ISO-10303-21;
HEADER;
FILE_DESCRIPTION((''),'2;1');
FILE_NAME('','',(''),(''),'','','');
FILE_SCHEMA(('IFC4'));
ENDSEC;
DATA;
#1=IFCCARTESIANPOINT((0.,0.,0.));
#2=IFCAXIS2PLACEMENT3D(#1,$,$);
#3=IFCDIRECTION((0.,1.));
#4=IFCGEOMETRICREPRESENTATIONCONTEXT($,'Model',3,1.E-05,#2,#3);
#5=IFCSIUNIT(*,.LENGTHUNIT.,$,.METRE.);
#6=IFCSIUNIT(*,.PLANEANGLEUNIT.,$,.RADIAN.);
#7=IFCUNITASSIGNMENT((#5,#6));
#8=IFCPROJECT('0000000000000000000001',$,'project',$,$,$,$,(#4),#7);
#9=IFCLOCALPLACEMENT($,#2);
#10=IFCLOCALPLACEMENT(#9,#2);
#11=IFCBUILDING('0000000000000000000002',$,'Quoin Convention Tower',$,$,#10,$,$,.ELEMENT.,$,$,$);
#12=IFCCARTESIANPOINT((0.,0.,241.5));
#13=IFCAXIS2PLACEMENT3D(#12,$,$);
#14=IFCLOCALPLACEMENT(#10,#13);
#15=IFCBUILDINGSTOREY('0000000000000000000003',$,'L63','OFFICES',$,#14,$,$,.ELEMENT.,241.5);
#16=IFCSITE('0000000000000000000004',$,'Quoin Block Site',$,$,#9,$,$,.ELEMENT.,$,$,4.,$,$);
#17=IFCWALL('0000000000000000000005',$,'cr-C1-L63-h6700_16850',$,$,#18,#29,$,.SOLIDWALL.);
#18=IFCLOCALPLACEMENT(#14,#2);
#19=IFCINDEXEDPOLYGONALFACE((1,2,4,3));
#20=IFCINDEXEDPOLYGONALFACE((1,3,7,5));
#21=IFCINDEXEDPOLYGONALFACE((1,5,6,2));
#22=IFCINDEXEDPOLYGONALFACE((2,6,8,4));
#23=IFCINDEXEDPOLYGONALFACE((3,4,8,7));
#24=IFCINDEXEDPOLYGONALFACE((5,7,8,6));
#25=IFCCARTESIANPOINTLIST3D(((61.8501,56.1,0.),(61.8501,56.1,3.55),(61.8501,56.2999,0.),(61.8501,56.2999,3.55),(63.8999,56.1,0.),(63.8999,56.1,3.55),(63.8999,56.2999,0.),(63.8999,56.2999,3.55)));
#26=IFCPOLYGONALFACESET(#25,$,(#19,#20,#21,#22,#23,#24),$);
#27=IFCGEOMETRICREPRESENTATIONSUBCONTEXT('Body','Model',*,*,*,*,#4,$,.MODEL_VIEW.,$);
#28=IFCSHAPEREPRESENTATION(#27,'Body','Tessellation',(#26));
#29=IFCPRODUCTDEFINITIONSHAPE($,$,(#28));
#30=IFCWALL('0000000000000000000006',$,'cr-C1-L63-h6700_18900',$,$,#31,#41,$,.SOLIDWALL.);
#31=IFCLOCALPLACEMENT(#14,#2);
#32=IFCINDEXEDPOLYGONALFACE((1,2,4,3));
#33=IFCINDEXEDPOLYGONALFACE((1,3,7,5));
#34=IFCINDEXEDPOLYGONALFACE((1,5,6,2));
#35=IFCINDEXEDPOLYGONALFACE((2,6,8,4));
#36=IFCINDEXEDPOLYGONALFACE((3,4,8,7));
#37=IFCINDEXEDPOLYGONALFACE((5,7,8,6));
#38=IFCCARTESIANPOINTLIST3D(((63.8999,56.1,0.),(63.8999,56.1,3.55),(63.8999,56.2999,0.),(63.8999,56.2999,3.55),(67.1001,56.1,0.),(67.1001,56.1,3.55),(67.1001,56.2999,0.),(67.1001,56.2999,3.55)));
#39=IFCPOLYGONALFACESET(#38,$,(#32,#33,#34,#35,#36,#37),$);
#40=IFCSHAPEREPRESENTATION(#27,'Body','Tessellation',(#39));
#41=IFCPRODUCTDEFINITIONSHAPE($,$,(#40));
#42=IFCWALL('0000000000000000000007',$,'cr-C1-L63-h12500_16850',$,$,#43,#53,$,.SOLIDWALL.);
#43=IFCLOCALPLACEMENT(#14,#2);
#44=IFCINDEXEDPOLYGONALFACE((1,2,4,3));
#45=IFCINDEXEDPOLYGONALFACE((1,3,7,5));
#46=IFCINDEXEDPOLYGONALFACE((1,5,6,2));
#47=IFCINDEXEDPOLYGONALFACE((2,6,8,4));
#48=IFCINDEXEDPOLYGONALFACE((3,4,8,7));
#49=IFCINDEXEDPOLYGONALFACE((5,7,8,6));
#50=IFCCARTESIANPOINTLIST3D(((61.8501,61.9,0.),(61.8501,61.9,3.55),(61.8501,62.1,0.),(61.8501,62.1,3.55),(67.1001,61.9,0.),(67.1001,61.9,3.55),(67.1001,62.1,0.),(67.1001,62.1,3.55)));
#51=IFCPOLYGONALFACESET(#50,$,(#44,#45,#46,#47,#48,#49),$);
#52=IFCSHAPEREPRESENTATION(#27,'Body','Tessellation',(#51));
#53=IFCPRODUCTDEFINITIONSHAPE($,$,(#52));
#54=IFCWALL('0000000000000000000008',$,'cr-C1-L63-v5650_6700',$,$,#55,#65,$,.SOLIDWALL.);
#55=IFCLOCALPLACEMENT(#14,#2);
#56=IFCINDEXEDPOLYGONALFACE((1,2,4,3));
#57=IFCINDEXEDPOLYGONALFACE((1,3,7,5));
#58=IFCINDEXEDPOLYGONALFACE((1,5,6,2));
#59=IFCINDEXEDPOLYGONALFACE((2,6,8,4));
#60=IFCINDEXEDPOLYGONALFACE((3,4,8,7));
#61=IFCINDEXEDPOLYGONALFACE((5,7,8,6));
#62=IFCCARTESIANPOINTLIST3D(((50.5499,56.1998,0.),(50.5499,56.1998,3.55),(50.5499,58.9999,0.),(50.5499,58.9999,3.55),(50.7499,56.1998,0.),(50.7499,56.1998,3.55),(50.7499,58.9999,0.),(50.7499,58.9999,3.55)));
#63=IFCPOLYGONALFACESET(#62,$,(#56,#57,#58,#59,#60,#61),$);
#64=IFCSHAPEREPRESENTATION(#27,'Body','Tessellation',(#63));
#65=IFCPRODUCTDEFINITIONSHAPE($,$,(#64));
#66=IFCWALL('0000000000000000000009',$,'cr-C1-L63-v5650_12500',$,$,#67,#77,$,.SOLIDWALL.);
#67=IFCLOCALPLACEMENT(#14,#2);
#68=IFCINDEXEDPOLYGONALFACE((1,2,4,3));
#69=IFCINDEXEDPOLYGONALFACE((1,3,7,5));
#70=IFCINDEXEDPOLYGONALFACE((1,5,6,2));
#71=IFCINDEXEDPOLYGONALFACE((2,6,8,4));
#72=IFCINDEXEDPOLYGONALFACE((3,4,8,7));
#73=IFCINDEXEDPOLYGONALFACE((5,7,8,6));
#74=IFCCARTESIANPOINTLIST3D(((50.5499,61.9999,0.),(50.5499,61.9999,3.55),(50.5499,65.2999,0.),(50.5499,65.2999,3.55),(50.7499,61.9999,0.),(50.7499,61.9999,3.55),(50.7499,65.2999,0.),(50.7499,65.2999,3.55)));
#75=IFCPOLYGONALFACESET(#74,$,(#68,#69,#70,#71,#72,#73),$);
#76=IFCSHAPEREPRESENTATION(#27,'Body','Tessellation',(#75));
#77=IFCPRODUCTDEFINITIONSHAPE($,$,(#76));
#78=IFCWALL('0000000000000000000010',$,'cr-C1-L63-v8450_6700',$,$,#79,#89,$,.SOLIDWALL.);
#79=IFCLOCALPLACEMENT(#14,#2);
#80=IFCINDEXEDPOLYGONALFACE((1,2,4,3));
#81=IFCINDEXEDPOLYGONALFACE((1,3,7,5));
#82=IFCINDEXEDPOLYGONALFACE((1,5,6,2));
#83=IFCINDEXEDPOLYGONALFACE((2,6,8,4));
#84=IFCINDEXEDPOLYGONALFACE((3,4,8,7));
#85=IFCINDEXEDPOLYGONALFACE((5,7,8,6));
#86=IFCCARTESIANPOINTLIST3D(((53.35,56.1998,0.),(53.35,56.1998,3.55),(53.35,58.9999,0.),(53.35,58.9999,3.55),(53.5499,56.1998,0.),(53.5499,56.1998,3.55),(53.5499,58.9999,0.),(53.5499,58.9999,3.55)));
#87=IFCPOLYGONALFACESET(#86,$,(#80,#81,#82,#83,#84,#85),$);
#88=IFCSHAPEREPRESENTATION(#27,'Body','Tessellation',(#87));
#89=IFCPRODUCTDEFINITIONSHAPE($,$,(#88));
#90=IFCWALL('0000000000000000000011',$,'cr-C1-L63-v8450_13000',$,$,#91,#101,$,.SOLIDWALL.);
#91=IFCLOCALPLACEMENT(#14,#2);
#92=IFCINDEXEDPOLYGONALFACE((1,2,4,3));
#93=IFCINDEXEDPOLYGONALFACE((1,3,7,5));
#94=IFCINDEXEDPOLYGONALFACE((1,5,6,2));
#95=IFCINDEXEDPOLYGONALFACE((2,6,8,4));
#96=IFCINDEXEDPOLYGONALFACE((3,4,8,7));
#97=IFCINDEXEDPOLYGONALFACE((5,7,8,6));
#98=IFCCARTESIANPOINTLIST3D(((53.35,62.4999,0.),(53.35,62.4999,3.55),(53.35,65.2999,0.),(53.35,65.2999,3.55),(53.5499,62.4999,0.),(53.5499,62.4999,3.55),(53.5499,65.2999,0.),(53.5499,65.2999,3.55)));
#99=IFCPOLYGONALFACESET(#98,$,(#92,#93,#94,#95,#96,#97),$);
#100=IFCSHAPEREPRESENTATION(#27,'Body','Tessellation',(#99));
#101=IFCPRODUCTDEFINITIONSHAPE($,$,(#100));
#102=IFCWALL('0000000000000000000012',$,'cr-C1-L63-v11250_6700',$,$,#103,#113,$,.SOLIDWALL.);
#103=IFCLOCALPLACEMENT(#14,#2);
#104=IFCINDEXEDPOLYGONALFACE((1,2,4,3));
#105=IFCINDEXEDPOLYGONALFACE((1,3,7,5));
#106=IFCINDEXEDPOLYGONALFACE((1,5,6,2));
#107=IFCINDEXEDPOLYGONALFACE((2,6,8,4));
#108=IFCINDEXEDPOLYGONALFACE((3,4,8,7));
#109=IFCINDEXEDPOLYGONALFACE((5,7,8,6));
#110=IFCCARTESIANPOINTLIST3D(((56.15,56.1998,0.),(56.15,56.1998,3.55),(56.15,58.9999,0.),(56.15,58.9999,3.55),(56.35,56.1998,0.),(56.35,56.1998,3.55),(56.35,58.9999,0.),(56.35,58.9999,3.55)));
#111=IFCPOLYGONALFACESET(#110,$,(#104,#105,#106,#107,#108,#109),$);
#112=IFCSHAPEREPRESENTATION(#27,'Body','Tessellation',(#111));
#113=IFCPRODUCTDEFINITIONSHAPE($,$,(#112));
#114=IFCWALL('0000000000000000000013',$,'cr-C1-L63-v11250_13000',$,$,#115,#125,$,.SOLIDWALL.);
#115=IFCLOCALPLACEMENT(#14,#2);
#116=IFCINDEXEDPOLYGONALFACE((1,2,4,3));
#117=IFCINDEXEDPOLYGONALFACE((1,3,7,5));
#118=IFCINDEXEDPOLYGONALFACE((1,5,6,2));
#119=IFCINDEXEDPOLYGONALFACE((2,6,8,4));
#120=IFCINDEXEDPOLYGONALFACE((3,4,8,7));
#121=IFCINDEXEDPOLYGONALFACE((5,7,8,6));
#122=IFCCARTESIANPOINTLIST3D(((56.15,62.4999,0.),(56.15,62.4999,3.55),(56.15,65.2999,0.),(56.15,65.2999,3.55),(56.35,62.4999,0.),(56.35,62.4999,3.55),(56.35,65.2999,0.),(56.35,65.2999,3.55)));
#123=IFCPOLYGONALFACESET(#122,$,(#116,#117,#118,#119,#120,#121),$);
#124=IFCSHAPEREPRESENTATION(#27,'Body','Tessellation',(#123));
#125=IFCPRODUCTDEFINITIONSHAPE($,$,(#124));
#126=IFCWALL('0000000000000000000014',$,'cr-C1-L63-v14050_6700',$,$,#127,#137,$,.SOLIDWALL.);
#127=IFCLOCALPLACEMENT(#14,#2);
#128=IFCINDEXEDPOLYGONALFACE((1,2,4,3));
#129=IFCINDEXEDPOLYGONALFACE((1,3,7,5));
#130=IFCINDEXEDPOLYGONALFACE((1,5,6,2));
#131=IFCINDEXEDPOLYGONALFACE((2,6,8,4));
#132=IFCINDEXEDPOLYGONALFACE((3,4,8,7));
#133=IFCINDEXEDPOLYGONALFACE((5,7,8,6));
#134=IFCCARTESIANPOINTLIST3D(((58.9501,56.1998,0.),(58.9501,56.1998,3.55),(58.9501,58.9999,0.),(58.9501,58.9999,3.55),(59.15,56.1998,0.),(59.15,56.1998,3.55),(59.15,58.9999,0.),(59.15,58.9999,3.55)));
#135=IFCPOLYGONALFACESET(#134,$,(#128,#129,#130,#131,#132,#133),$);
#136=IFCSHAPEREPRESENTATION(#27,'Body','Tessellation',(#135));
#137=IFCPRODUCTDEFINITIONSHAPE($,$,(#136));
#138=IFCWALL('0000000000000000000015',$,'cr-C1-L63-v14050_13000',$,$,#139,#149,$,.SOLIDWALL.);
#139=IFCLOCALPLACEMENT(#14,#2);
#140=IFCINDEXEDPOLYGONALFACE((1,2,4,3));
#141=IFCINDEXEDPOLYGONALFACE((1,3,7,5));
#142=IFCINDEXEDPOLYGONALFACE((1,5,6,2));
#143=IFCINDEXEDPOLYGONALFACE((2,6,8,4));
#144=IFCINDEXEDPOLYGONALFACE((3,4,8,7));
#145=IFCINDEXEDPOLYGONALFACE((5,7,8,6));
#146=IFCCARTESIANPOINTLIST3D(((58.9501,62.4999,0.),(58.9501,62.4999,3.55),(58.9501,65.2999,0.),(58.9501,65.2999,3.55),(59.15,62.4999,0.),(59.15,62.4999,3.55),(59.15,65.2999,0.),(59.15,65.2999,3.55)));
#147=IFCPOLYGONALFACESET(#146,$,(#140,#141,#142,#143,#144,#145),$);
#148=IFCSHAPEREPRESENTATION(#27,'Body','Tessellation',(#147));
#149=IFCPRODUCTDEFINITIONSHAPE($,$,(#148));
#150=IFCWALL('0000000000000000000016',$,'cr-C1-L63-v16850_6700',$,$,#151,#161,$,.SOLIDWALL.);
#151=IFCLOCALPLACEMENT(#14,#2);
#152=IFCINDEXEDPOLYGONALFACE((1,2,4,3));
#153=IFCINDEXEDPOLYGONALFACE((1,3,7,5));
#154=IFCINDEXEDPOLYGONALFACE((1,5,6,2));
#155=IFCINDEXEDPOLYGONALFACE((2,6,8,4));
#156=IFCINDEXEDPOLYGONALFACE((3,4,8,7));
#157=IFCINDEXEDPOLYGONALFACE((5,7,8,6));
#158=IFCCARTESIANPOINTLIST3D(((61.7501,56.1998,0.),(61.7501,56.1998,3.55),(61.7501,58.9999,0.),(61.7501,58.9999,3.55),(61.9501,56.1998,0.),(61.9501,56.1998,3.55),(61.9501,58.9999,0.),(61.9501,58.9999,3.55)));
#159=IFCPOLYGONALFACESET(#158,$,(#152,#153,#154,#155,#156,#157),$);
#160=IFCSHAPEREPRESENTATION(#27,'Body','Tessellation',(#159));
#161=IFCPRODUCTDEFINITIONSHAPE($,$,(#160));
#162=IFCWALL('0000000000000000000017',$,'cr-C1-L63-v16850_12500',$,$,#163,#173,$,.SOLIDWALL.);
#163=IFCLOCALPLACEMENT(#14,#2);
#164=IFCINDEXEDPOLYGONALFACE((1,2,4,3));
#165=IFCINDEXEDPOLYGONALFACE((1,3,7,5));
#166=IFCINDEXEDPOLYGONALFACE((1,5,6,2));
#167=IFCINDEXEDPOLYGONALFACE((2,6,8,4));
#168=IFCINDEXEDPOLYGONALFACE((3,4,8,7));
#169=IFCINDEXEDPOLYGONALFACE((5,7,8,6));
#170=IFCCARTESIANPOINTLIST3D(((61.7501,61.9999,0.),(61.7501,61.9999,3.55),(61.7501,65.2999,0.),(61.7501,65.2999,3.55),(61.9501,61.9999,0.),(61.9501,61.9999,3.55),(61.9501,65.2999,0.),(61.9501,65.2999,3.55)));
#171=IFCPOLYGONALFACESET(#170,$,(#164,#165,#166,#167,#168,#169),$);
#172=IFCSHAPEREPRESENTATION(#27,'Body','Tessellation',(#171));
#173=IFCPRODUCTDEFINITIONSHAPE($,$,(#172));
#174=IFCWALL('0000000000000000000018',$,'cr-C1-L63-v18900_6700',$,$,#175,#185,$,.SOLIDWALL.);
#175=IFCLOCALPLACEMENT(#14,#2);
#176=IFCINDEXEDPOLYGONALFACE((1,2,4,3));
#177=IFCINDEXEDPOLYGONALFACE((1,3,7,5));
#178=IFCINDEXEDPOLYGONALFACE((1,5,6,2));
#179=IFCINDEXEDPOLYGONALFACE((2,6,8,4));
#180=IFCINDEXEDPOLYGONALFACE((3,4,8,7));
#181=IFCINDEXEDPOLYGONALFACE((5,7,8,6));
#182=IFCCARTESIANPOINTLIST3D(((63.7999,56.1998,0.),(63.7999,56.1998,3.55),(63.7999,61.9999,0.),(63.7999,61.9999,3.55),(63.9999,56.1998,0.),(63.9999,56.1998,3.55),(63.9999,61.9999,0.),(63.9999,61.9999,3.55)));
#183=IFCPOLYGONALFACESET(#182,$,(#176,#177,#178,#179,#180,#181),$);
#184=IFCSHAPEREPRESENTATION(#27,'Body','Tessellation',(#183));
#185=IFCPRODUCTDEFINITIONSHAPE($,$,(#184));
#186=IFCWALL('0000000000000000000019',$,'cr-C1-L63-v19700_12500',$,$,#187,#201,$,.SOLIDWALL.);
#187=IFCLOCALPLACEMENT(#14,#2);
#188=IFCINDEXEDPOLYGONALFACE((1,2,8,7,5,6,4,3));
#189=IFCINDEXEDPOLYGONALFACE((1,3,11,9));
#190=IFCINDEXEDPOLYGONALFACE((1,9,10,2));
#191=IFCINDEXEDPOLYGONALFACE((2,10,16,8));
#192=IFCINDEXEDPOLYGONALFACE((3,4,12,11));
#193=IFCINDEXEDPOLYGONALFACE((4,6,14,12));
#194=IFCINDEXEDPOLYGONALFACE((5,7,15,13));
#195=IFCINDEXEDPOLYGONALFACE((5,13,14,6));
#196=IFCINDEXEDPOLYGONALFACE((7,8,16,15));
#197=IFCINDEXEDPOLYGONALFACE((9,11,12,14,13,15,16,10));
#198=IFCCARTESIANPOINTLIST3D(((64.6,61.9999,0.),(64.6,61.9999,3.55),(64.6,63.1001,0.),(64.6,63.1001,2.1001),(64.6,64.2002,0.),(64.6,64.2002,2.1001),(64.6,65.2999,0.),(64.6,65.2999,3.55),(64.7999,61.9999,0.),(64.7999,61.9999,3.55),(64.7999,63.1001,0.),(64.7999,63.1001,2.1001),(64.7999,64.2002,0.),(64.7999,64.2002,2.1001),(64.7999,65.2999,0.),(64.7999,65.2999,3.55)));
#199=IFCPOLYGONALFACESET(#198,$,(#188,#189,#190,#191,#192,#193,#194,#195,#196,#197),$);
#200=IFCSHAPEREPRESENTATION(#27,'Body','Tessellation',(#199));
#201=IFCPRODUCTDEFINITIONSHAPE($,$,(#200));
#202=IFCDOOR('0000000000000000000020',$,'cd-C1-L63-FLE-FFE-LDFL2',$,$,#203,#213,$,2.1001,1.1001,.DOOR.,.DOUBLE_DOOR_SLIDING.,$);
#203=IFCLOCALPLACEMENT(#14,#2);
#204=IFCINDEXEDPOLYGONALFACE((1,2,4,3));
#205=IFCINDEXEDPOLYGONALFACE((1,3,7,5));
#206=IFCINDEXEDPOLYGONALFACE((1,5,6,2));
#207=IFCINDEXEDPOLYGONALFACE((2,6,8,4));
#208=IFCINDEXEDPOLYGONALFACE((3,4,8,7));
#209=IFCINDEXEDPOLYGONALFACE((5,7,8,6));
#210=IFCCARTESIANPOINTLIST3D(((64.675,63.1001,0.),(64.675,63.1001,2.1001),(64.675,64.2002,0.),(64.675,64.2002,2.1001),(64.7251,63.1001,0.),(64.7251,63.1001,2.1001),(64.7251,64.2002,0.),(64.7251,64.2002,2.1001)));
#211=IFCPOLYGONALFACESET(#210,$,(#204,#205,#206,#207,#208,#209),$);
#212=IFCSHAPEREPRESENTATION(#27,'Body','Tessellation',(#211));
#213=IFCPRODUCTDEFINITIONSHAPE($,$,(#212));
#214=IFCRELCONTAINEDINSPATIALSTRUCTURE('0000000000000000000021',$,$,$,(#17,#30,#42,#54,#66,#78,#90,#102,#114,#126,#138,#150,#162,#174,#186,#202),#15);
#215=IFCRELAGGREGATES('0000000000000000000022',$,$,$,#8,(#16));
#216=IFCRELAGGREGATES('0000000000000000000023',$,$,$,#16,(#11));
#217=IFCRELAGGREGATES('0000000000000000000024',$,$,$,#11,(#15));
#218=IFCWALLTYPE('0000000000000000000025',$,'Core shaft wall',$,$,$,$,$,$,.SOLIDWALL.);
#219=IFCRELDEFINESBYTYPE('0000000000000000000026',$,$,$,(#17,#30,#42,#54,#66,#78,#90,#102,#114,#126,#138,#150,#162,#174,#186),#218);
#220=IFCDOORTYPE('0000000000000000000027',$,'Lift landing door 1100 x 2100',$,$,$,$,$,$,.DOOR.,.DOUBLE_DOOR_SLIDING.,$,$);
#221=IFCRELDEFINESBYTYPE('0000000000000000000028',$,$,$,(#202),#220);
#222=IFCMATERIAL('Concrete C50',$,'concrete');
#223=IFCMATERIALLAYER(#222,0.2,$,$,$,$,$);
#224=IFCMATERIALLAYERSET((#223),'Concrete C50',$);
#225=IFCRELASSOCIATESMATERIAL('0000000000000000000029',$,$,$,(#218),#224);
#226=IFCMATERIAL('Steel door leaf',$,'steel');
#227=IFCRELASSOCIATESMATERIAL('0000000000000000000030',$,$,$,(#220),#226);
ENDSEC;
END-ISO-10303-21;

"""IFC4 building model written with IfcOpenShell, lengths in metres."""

from ifc_helpers import new_model, si_unit, direction, frame, frame_2d, origin, place, context, subcontext, project, spatial, rectangle, extrude, material, layer, layer_set, type_object, element, fill, save


model = new_model("IFC4")

# Units and contexts
model_context = context("Model", 3, precision=1e-05, world=origin(), true_north=direction((0.0, 1.0)))
body_context = subcontext(model_context, "Body", "Model", "MODEL_VIEW")
ifc_project = project(units=[si_unit("LENGTHUNIT", "METRE"), si_unit("PLANEANGLEUNIT", "RADIAN")], contexts=[model_context])

# Site, building, storey
site_placement = place(None, origin())
site = spatial("IfcSite", under=ifc_project, at=site_placement, Name="Quoin Block Site", CompositionType="ELEMENT", RefElevation=4.0)
building_placement = place(site_placement, origin())
building = spatial("IfcBuilding", under=site, at=building_placement, Name="Quoin Convention Tower", CompositionType="ELEMENT")
storey_placement = place(building_placement, frame((0.0, 0.0, 241.5)))
storey = spatial("IfcBuildingStorey", under=building, at=storey_placement, Name="L63", Description="OFFICES", CompositionType="ELEMENT", Elevation=241.5)

# Walls
ifc_material_1 = material(Name="Concrete C50", Category="concrete")
ifc_layer_1 = layer(ifc_material_1, 0.2)
ifc_layer_set_1 = layer_set([ifc_layer_1], Name="Concrete C50")
wall_type_1 = type_object("IfcWallType", Name="Core shaft wall", PredefinedType="SOLIDWALL", material=ifc_layer_set_1)
wall_1_placement = place(storey_placement, frame((61.8501, 56.2, 0.0), z_axis=(0.0, 0.0, 1.0), x_axis=(1.0, 0.0, 0.0)))
element("IfcWall", 1, at=wall_1_placement, inside=storey, type_object=wall_type_1, Name="cr-C1-L63-h6700_16850", PredefinedType="SOLIDWALL", context=body_context, shape_type="SweptSolid", body=[
    extrude(rectangle(XDim=2.0498, YDim=0.2, at=frame_2d((1.0249, 0.0))), origin(), (0.0, 0.0, 1.0), 3.55),
])
wall_2_placement = place(storey_placement, frame((63.8999, 56.2, 0.0), z_axis=(0.0, 0.0, 1.0), x_axis=(1.0, 0.0, 0.0)))
element("IfcWall", 2, at=wall_2_placement, inside=storey, type_object=wall_type_1, Name="cr-C1-L63-h6700_18900", PredefinedType="SOLIDWALL", context=body_context, shape_type="SweptSolid", body=[
    extrude(rectangle(XDim=3.2002, YDim=0.2, at=frame_2d((1.6001, 0.0))), origin(), (0.0, 0.0, 1.0), 3.55),
])
wall_3_placement = place(storey_placement, frame((61.8501, 62.0, 0.0), z_axis=(0.0, 0.0, 1.0), x_axis=(1.0, 0.0, 0.0)))
element("IfcWall", 3, at=wall_3_placement, inside=storey, type_object=wall_type_1, Name="cr-C1-L63-h12500_16850", PredefinedType="SOLIDWALL", context=body_context, shape_type="SweptSolid", body=[
    extrude(rectangle(XDim=5.25, YDim=0.2, at=frame_2d((2.625, 0.0))), origin(), (0.0, 0.0, 1.0), 3.55),
])
wall_4_placement = place(storey_placement, frame((50.6499, 56.2, 0.0), z_axis=(0.0, 0.0, 1.0), x_axis=(0.0, 1.0, 0.0)))
element("IfcWall", 4, at=wall_4_placement, inside=storey, type_object=wall_type_1, Name="cr-C1-L63-v5650_6700", PredefinedType="SOLIDWALL", context=body_context, shape_type="SweptSolid", body=[
    extrude(rectangle(XDim=2.8, YDim=0.2, at=frame_2d((1.3999, 0.0))), origin(), (0.0, 0.0, 1.0), 3.55),
])
wall_5_placement = place(storey_placement, frame((50.6499, 62.0, 0.0), z_axis=(0.0, 0.0, 1.0), x_axis=(0.0, 1.0, 0.0)))
element("IfcWall", 5, at=wall_5_placement, inside=storey, type_object=wall_type_1, Name="cr-C1-L63-v5650_12500", PredefinedType="SOLIDWALL", context=body_context, shape_type="SweptSolid", body=[
    extrude(rectangle(XDim=3.3, YDim=0.2, at=frame_2d((1.6499, 0.0))), origin(), (0.0, 0.0, 1.0), 3.55),
])
for number, where, z_axis, x_axis, name in (
    (6, (53.45, 56.2, 0.0), (0.0, 0.0, 1.0), (0.0, 1.0, 0.0), "cr-C1-L63-v8450_6700"),
    (7, (53.45, 62.5, 0.0), (0.0, 0.0, 1.0), (0.0, 1.0, 0.0), "cr-C1-L63-v8450_13000"),
    (8, (56.25, 56.2, 0.0), (0.0, 0.0, 1.0), (0.0, 1.0, 0.0), "cr-C1-L63-v11250_6700"),
    (9, (56.25, 62.5, 0.0), (0.0, 0.0, 1.0), (0.0, 1.0, 0.0), "cr-C1-L63-v11250_13000"),
    (10, (59.05, 56.2, 0.0), (0.0, 0.0, 1.0), (0.0, 1.0, 0.0), "cr-C1-L63-v14050_6700"),
    (11, (59.05, 62.5, 0.0), (0.0, 0.0, 1.0), (0.0, 1.0, 0.0), "cr-C1-L63-v14050_13000"),
    (12, (61.8501, 56.2, 0.0), (0.0, 0.0, 1.0), (0.0, 1.0, 0.0), "cr-C1-L63-v16850_6700"),
):
    element("IfcWall", number, at=place(storey_placement, frame(where, z_axis=z_axis, x_axis=x_axis)), inside=storey, type_object=wall_type_1, Name=name, PredefinedType="SOLIDWALL", context=body_context, shape_type="SweptSolid", body=[
        extrude(rectangle(XDim=2.8, YDim=0.2, at=frame_2d((1.3999, 0.0))), origin(), (0.0, 0.0, 1.0), 3.55),
    ])
wall_6_placement = place(storey_placement, frame((61.8501, 62.0, 0.0), z_axis=(0.0, 0.0, 1.0), x_axis=(0.0, 1.0, 0.0)))
element("IfcWall", 13, at=wall_6_placement, inside=storey, type_object=wall_type_1, Name="cr-C1-L63-v16850_12500", PredefinedType="SOLIDWALL", context=body_context, shape_type="SweptSolid", body=[
    extrude(rectangle(XDim=3.3, YDim=0.2, at=frame_2d((1.6499, 0.0))), origin(), (0.0, 0.0, 1.0), 3.55),
])
wall_7_placement = place(storey_placement, frame((63.8999, 56.2, 0.0), z_axis=(0.0, 0.0, 1.0), x_axis=(0.0, 1.0, 0.0)))
element("IfcWall", 14, at=wall_7_placement, inside=storey, type_object=wall_type_1, Name="cr-C1-L63-v18900_6700", PredefinedType="SOLIDWALL", context=body_context, shape_type="SweptSolid", body=[
    extrude(rectangle(XDim=5.8, YDim=0.2, at=frame_2d((2.8999, 0.0))), origin(), (0.0, 0.0, 1.0), 3.55),
])

# Wall, opening, door
wall_8_placement = place(storey_placement, frame((64.7, 62.0, 0.0), z_axis=(0.0, 0.0, 1.0), x_axis=(0.0, 1.0, 0.0)))
wall_8 = element("IfcWall", 15, at=wall_8_placement, inside=storey, type_object=wall_type_1, Name="cr-C1-L63-v19700_12500", PredefinedType="SOLIDWALL", context=body_context, shape_type="SweptSolid", body=[
    extrude(rectangle(XDim=3.3, YDim=0.2, at=frame_2d((1.6499, 0.0))), origin(), (0.0, 0.0, 1.0), 3.55),
])
opening_placement = place(wall_8_placement, frame((1.1001, 0.0, 0.0)))
opening = element("IfcOpeningElement", 16, at=opening_placement, cuts=wall_8, PredefinedType="OPENING", context=body_context, shape_type="SweptSolid", body=[
    extrude(rectangle(XDim=1.1001, YDim=2.1001, at=frame_2d((0.55, 1.05))), frame((0.0, 0.1099, 0.0), z_axis=(0.0, -1.0, 0.0), x_axis=(1.0, 0.0, 0.0)), (0.0, 0.0, 1.0), 0.22),
])
ifc_material_2 = material(Name="Steel door leaf", Category="steel")
door_type = type_object("IfcDoorType", Name="Lift landing door 1100 x 2100", OperationType="DOUBLE_DOOR_SLIDING", PredefinedType="DOOR", material=ifc_material_2)
door_placement = place(opening_placement, origin())
door = element("IfcDoor", 17, at=door_placement, inside=storey, type_object=door_type, Name="cd-C1-L63-FLE-FFE-LDFL2", OperationType="DOUBLE_DOOR_SLIDING", OverallHeight=2.1001, OverallWidth=1.1001, PredefinedType="DOOR", context=body_context, shape_type="SweptSolid", body=[
    extrude(rectangle(XDim=1.1001, YDim=2.1001, at=frame_2d((0.55, 1.05))), frame((0.0, 0.0249, 0.0), z_axis=(0.0, -1.0, 0.0), x_axis=(1.0, 0.0, 0.0)), (0.0, 0.0, 1.0), 0.05),
])
fill(opening, door)

save(model, "model.ifc")
